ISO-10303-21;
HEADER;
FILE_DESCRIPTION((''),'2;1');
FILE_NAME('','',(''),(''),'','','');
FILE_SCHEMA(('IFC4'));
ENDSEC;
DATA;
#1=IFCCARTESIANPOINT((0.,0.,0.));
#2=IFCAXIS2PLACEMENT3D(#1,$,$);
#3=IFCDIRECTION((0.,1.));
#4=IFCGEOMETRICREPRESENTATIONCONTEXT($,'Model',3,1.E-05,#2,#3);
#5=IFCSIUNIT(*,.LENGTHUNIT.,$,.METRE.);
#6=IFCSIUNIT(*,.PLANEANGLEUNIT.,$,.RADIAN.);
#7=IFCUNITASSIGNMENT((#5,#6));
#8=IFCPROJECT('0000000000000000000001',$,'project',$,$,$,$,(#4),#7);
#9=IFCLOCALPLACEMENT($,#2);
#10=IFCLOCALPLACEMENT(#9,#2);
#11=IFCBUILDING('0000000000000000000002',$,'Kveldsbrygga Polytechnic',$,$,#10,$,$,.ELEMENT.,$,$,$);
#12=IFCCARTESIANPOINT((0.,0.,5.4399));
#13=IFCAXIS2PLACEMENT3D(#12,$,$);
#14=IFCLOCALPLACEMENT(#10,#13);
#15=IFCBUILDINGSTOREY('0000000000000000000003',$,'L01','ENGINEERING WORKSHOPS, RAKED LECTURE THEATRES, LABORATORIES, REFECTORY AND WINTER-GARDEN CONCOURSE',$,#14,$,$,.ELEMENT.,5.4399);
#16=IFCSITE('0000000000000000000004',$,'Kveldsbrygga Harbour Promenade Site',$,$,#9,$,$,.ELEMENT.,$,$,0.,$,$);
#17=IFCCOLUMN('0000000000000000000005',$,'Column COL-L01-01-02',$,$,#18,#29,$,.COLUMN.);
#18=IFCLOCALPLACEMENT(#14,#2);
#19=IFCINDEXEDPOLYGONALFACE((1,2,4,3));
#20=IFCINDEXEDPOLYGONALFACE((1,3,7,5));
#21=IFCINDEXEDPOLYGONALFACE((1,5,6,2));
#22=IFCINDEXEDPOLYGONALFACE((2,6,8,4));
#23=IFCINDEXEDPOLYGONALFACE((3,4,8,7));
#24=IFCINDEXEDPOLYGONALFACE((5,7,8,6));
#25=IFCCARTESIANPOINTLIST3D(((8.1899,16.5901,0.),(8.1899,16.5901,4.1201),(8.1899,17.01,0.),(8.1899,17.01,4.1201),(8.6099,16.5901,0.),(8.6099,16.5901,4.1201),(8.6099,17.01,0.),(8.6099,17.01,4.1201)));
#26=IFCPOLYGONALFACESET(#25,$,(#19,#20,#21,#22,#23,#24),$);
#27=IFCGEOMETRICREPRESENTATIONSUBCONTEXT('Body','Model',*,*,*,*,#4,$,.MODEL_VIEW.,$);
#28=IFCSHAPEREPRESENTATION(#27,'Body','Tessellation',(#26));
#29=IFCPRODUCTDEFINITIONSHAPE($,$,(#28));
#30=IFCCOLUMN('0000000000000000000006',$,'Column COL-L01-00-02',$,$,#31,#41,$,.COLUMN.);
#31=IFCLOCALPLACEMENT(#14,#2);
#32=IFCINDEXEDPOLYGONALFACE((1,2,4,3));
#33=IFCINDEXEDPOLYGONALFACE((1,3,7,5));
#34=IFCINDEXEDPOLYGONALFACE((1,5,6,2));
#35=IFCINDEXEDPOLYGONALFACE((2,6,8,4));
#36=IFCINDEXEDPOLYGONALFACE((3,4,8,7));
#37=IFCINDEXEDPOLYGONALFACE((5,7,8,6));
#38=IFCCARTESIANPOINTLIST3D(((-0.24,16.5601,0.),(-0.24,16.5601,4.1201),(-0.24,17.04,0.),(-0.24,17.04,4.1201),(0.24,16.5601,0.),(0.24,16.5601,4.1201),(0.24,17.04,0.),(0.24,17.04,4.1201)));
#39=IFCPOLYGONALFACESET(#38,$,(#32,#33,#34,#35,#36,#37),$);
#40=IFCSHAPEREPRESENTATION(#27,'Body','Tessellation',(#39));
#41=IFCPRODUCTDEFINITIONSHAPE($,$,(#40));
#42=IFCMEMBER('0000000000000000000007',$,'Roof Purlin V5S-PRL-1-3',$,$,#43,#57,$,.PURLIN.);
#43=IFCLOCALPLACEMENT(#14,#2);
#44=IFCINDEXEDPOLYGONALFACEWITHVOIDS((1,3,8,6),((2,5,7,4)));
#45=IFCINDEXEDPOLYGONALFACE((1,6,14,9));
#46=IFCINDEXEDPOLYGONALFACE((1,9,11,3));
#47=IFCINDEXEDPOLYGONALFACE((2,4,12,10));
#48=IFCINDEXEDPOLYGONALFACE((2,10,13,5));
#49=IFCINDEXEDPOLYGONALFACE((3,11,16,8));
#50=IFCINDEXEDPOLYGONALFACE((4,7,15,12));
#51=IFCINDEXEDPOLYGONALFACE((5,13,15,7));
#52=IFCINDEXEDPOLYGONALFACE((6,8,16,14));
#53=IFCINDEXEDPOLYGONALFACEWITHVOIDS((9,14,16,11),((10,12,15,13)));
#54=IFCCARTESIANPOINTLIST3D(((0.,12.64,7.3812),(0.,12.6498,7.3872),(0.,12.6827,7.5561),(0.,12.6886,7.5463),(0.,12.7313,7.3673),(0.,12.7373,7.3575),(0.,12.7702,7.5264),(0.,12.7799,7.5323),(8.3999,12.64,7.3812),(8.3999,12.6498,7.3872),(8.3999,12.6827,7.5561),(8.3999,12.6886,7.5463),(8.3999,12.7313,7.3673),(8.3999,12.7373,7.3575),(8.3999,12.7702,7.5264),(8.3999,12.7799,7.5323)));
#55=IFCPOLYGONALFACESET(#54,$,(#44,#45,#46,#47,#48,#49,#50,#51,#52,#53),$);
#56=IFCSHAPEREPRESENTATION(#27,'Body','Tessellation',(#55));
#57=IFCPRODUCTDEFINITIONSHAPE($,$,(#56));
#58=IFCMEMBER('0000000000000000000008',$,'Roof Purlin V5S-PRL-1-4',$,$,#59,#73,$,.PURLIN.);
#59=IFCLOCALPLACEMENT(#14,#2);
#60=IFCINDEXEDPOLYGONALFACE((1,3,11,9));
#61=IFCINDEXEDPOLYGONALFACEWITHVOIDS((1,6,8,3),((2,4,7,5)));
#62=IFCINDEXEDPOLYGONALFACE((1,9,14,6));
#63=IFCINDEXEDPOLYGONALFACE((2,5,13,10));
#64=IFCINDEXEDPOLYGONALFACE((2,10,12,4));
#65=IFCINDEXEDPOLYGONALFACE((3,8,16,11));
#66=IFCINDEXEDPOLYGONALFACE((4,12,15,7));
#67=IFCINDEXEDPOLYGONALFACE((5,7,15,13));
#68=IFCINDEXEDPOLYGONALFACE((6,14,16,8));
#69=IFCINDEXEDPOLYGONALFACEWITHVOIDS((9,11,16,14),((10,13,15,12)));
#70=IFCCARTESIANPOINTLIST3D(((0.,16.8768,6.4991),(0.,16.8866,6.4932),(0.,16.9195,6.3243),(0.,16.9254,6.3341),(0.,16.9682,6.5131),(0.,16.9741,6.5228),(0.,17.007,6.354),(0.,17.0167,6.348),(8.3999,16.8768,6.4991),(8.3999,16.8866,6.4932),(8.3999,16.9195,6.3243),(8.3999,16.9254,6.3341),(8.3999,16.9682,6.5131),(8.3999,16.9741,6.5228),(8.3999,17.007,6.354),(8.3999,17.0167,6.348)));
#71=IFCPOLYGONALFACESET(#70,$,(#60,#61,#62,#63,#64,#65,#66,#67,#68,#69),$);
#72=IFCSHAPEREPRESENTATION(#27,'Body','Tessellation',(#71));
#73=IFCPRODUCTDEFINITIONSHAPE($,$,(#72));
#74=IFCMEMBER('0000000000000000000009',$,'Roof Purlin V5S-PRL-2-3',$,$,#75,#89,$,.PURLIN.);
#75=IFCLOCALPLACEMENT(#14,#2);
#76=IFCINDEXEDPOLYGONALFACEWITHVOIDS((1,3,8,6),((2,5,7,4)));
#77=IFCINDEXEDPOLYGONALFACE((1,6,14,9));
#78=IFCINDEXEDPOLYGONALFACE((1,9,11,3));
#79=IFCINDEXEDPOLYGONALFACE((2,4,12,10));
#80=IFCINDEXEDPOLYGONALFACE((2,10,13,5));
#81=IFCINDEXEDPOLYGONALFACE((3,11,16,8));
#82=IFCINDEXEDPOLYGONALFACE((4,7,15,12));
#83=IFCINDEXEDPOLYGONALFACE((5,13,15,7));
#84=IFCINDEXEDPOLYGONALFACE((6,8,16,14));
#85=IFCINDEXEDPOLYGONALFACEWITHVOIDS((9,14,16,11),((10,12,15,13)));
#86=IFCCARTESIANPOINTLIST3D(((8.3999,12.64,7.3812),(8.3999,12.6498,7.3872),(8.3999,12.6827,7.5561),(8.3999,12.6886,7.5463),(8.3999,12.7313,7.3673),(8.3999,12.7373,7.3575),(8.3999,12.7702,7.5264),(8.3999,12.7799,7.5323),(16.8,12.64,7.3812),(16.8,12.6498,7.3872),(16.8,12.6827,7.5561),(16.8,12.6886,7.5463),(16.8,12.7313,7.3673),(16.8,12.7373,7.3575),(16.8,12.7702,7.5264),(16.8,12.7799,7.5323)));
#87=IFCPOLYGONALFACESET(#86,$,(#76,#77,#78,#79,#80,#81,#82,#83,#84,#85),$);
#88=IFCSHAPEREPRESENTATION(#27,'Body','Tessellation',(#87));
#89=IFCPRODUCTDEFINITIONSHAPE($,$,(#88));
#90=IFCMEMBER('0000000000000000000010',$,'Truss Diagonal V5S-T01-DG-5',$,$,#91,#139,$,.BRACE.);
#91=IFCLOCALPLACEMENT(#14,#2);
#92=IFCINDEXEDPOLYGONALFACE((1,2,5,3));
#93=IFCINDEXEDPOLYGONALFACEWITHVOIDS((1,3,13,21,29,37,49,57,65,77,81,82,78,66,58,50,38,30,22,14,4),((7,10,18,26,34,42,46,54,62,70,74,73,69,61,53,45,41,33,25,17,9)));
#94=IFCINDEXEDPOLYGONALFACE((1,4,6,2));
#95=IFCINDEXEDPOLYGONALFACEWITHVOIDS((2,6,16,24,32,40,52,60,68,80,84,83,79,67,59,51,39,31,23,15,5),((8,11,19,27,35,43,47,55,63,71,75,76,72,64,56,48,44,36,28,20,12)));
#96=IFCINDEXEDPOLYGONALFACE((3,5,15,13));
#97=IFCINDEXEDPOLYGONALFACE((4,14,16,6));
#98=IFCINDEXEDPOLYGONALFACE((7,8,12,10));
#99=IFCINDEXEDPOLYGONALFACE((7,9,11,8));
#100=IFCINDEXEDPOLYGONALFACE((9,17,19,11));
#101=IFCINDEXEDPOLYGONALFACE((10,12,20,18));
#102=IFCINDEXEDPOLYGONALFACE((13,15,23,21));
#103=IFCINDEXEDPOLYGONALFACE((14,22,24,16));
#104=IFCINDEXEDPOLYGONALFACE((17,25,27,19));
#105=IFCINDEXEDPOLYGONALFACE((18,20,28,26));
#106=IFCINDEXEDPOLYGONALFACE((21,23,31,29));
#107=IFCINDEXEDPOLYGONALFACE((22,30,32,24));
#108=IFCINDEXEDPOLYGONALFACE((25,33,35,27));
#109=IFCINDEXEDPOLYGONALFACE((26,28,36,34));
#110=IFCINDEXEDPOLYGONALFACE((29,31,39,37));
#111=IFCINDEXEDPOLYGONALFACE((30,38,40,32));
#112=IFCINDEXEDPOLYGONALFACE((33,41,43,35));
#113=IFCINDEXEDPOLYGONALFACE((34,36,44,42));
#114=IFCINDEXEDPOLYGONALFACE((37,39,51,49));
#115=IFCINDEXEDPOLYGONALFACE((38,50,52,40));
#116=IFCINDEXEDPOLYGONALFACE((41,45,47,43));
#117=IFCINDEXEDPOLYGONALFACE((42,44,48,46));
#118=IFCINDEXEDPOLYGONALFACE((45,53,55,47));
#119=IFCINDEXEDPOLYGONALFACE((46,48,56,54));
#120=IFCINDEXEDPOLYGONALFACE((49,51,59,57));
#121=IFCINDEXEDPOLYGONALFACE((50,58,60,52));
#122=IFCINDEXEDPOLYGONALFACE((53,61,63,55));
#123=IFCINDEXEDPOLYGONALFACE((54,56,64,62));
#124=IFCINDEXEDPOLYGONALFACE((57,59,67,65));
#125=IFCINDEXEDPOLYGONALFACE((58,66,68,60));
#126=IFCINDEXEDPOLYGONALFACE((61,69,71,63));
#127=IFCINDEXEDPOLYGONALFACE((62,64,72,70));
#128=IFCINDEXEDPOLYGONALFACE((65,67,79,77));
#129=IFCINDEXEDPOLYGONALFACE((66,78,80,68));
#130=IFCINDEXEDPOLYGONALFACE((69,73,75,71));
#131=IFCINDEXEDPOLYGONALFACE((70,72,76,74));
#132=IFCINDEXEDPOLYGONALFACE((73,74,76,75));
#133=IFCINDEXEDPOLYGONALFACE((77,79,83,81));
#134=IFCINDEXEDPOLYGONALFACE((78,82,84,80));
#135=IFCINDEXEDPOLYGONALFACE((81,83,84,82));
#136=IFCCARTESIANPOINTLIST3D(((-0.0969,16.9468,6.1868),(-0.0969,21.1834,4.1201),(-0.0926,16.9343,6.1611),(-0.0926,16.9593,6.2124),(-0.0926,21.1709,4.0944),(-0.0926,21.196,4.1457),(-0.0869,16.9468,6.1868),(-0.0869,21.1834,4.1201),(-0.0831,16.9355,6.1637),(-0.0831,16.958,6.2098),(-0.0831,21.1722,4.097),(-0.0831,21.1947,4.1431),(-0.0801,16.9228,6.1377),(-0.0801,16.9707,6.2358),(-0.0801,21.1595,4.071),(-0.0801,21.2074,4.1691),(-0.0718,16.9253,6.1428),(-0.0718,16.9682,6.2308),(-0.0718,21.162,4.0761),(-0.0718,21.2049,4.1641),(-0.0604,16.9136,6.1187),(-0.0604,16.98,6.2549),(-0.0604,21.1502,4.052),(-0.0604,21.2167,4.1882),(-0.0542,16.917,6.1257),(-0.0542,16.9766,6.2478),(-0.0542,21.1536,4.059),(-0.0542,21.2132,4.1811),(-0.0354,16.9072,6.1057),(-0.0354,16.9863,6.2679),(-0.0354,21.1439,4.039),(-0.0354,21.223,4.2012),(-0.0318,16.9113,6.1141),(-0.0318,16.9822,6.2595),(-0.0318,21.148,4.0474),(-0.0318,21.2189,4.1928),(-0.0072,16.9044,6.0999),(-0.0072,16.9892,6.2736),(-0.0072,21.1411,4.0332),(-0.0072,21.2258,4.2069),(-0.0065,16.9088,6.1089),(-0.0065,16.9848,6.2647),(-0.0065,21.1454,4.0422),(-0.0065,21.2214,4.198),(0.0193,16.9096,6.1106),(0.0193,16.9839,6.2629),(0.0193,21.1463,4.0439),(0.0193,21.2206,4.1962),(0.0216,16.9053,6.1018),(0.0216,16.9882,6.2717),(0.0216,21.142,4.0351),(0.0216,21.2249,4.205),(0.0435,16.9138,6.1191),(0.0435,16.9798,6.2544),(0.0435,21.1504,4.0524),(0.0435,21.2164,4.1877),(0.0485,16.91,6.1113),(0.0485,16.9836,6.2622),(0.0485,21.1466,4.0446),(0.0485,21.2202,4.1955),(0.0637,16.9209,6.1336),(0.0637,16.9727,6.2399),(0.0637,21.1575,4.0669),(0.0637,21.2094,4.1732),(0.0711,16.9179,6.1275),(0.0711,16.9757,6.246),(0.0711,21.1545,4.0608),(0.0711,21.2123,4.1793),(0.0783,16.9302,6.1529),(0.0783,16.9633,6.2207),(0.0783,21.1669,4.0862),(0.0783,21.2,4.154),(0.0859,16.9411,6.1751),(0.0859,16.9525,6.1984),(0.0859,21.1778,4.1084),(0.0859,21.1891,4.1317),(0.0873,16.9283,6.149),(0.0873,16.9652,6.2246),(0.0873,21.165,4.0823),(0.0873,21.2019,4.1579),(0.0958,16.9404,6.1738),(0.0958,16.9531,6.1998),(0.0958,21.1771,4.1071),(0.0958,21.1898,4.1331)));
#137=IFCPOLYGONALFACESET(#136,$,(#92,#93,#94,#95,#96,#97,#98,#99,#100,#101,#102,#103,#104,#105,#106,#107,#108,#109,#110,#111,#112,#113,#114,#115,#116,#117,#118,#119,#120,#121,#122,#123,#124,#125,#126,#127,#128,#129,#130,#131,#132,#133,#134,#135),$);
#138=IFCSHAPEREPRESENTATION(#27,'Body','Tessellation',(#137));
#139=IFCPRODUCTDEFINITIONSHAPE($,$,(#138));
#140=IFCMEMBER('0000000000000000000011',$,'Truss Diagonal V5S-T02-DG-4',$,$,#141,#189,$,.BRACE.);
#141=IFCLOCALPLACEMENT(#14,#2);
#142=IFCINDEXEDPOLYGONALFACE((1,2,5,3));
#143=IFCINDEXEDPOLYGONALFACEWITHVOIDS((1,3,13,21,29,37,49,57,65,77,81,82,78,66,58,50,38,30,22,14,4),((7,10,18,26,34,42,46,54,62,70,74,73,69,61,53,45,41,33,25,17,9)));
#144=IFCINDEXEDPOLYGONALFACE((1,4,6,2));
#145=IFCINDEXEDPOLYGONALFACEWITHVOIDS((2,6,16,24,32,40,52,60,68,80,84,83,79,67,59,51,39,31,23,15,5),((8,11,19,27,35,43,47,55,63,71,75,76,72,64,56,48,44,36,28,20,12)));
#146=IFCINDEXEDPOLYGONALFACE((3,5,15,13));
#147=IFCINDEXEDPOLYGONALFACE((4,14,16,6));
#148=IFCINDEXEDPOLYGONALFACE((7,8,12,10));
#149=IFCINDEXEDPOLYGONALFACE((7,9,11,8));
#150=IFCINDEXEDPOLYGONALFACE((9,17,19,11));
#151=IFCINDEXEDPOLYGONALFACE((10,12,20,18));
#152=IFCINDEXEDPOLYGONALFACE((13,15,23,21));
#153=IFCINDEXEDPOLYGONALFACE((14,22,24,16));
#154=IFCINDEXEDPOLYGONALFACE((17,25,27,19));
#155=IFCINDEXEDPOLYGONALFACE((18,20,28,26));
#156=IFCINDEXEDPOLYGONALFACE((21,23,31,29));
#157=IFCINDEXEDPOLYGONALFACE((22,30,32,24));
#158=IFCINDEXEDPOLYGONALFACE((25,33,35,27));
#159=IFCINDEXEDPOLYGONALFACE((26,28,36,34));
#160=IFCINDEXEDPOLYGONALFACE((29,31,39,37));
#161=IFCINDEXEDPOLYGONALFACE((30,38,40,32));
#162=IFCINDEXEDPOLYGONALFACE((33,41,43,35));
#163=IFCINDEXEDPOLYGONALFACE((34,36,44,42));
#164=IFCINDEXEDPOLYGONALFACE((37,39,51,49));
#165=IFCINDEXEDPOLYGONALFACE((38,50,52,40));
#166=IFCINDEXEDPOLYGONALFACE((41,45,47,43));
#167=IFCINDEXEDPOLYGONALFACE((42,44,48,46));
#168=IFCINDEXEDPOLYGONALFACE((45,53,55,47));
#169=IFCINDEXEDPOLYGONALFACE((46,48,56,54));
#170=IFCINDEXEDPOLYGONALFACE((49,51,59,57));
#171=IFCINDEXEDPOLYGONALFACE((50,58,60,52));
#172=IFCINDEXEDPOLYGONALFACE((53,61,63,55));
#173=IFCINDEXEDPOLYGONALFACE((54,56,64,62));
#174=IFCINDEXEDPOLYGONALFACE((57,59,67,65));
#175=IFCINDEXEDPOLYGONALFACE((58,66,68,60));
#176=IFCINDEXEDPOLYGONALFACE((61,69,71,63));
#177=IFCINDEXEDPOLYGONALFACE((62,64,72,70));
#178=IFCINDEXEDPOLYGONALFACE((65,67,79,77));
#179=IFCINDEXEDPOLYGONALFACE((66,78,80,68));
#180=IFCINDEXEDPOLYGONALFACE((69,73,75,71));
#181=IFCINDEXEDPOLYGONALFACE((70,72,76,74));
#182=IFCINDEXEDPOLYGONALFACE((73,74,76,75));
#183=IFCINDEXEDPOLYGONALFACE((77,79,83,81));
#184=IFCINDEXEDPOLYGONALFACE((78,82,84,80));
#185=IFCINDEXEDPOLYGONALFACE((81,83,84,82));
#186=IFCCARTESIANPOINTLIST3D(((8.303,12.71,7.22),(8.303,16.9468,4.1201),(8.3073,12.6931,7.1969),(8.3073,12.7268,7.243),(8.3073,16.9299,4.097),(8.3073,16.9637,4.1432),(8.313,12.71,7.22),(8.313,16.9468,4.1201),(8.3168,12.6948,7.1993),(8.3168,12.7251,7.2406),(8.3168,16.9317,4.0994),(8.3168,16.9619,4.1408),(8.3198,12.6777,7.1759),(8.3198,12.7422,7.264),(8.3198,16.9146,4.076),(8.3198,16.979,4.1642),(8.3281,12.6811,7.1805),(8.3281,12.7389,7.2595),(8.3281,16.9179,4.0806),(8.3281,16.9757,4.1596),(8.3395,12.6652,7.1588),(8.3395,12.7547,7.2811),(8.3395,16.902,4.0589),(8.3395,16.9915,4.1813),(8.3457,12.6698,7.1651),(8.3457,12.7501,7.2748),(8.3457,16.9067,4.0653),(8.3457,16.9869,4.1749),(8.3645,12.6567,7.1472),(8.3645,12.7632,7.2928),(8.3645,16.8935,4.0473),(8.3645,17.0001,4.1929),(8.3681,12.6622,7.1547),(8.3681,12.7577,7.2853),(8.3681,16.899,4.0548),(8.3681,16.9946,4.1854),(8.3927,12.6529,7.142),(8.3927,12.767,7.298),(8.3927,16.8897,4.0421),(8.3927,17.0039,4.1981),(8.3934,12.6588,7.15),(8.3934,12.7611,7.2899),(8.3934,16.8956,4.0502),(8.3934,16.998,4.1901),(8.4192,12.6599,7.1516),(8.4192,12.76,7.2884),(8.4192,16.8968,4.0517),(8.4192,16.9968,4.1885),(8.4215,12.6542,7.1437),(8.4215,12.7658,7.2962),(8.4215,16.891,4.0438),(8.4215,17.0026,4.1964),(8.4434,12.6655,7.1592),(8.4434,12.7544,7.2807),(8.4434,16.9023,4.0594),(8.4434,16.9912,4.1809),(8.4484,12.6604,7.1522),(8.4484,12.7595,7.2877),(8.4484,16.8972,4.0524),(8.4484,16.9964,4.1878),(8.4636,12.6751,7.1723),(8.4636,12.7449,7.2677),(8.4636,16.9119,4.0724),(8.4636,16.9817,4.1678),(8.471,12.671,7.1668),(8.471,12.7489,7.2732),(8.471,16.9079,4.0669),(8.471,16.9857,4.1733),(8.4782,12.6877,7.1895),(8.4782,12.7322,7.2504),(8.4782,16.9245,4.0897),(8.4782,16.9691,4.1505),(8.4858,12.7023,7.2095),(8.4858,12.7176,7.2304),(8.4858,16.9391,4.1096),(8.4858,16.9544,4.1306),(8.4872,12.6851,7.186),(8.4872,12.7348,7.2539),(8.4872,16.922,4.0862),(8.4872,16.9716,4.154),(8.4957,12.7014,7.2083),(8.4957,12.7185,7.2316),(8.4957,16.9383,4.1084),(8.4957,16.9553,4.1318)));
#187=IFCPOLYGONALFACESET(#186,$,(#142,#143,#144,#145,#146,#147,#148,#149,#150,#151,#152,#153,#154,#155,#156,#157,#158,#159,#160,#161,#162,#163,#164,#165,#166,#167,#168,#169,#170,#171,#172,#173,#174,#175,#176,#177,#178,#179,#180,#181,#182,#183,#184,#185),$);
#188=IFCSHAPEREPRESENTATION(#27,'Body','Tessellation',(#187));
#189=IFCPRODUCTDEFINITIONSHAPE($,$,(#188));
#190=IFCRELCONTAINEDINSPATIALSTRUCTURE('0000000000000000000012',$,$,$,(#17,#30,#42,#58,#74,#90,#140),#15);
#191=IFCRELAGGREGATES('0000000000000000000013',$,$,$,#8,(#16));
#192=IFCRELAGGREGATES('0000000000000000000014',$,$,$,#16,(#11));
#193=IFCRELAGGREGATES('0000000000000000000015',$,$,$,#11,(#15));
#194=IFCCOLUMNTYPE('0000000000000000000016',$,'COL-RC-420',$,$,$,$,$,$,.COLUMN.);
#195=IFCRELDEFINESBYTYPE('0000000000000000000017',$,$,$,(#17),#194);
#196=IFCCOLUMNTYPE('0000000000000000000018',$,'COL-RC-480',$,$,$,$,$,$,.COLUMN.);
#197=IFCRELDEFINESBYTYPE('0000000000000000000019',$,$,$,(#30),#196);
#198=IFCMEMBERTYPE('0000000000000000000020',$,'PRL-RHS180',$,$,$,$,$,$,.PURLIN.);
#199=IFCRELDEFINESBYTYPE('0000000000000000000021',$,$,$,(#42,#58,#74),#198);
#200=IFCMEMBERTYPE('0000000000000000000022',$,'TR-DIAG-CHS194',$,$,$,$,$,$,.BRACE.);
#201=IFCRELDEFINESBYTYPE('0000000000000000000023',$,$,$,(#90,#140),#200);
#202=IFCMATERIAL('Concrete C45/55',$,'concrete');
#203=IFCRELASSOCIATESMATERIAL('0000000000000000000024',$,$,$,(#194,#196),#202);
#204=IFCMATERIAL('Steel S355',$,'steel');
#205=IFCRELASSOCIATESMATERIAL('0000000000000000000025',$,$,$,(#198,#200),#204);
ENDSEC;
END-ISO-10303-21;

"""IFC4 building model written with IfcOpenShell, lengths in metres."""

from ifc_helpers import new_model, si_unit, direction, frame, origin, origin_2d, place, context, subcontext, project, spatial, rectangle, hollow_rectangle, hollow_circle, extrude, material, material_profile, profile_set, type_object, element, save


model = new_model("IFC4")

# Units and contexts
model_context = context("Model", 3, precision=1e-05, world=origin(), true_north=direction((0.0, 1.0)))
body_context = subcontext(model_context, "Body", "Model", "MODEL_VIEW")
ifc_project = project(units=[si_unit("LENGTHUNIT", "METRE"), si_unit("PLANEANGLEUNIT", "RADIAN")], contexts=[model_context])

# Site, building, storey
site_placement = place(None, origin())
site = spatial("IfcSite", under=ifc_project, at=site_placement, Name="Kveldsbrygga Harbour Promenade Site", CompositionType="ELEMENT", RefElevation=0.0)
building_placement = place(site_placement, origin())
building = spatial("IfcBuilding", under=site, at=building_placement, Name="Kveldsbrygga Polytechnic", CompositionType="ELEMENT")
storey_placement = place(building_placement, frame((0.0, 0.0, 5.4399)))
storey = spatial("IfcBuildingStorey", under=building, at=storey_placement, Name="L01", Description="ENGINEERING WORKSHOPS, RAKED LECTURE THEATRES, LABORATORIES, REFECTORY AND WINTER-GARDEN CONCOURSE", CompositionType="ELEMENT", Elevation=5.4399)

# Columns
ifc_material_1 = material(Name="Concrete C45/55", Category="concrete")
ifc_material_profile_1 = material_profile(ifc_material_1, rectangle(XDim=0.4199, YDim=0.4199, at=origin_2d()), Name="RC 420x420")
ifc_profile_set_1 = profile_set([ifc_material_profile_1], Name="Concrete C45/55")
column_type_1 = type_object("IfcColumnType", Name="COL-RC-420", PredefinedType="COLUMN", material=ifc_profile_set_1)
column_1_placement = place(storey_placement, frame((8.3999, 16.8, 0.0), z_axis=(0.0, 0.0, 1.0), x_axis=(1.0, 0.0, 0.0)))
element("IfcColumn", 1, at=column_1_placement, inside=storey, type_object=column_type_1, Name="Column COL-L01-01-02", PredefinedType="COLUMN", context=body_context, shape_type="SweptSolid", body=[
    extrude(rectangle(XDim=0.4199, YDim=0.4199, at=origin_2d()), origin(), (0.0, 0.0, 1.0), 4.1201),
])
ifc_material_profile_2 = material_profile(ifc_material_1, rectangle(XDim=0.48, YDim=0.48, at=origin_2d()), Name="RC 480x480")
ifc_profile_set_2 = profile_set([ifc_material_profile_2], Name="Concrete C45/55")
column_type_2 = type_object("IfcColumnType", Name="COL-RC-480", PredefinedType="COLUMN", material=ifc_profile_set_2)
column_2_placement = place(storey_placement, frame((0.0, 16.8, 0.0), z_axis=(0.0, 0.0, 1.0), x_axis=(1.0, 0.0, 0.0)))
element("IfcColumn", 2, at=column_2_placement, inside=storey, type_object=column_type_2, Name="Column COL-L01-00-02", PredefinedType="COLUMN", context=body_context, shape_type="SweptSolid", body=[
    extrude(rectangle(XDim=0.48, YDim=0.48, at=origin_2d()), origin(), (0.0, 0.0, 1.0), 4.1201),
])

# Members
ifc_material_2 = material(Name="Steel S355", Category="steel")
ifc_material_profile_3 = material_profile(ifc_material_2, hollow_rectangle(XDim=0.1001, YDim=0.1799, WallThickness=0.0081, at=origin_2d()), Name="RHS 180x100x8.0")
ifc_profile_set_3 = profile_set([ifc_material_profile_3], Name="Steel S355")
member_type_1 = type_object("IfcMemberType", Name="PRL-RHS180", PredefinedType="PURLIN", material=ifc_profile_set_3)
for number, where, z_axis, x_axis, name in (
    (3, (0.0, 12.71, 7.4568), (1.0, 0.0, 0.0), (0.0, 0.97152, -0.236957), "Roof Purlin V5S-PRL-1-3"),
    (4, (0.0, 16.9468, 6.4236), (1.0, 0.0, 0.0), (0.0, 0.97152, 0.236957), "Roof Purlin V5S-PRL-1-4"),
):
    element("IfcMember", number, at=place(storey_placement, frame(where, z_axis=z_axis, x_axis=x_axis)), inside=storey, type_object=member_type_1, Name=name, PredefinedType="PURLIN", context=body_context, shape_type="SweptSolid", body=[
        extrude(hollow_rectangle(XDim=0.1001, YDim=0.1799, WallThickness=0.0081, at=origin_2d()), origin(), (0.0, 0.0, 1.0), 8.3999),
    ])
member_1_placement = place(storey_placement, frame((8.3999, 12.71, 7.4568), z_axis=(1.0, 0.0, 0.0), x_axis=(0.0, 0.97152, -0.236957)))
element("IfcMember", 5, at=member_1_placement, inside=storey, type_object=member_type_1, Name="Roof Purlin V5S-PRL-2-3", PredefinedType="PURLIN", context=body_context, shape_type="SweptSolid", body=[
    extrude(hollow_rectangle(XDim=0.1001, YDim=0.1799, WallThickness=0.0081, at=origin_2d()), origin(), (0.0, 0.0, 1.0), 8.4001),
])
ifc_material_profile_4 = material_profile(ifc_material_2, hollow_circle(Radius=0.0969, WallThickness=0.01, at=origin_2d()), Name="CHS 193.7x10.0")
ifc_profile_set_4 = profile_set([ifc_material_profile_4], Name="Steel S355")
member_type_2 = type_object("IfcMemberType", Name="TR-DIAG-CHS194", PredefinedType="BRACE", material=ifc_profile_set_4)
member_2_placement = place(storey_placement, frame((0.0, 16.9468, 6.1868), z_axis=(0.0, 0.898766, -0.438429), x_axis=(-1.0, 0.0, 0.0)))
element("IfcMember", 6, at=member_2_placement, inside=storey, type_object=member_type_2, Name="Truss Diagonal V5S-T01-DG-5", PredefinedType="BRACE", context=body_context, shape_type="SweptSolid", body=[
    extrude(hollow_circle(Radius=0.0969, WallThickness=0.01, at=origin_2d()), origin(), (0.0, 0.0, 1.0), 4.7139),
])
member_3_placement = place(storey_placement, frame((8.3999, 12.71, 7.22), z_axis=(0.0, 0.807054, -0.590478), x_axis=(-1.0, 0.0, 0.0)))
element("IfcMember", 7, at=member_3_placement, inside=storey, type_object=member_type_2, Name="Truss Diagonal V5S-T02-DG-4", PredefinedType="BRACE", context=body_context, shape_type="SweptSolid", body=[
    extrude(hollow_circle(Radius=0.0969, WallThickness=0.01, at=origin_2d()), origin(), (0.0, 0.0, 1.0), 5.2498),
])

save(model, "model.ifc")
